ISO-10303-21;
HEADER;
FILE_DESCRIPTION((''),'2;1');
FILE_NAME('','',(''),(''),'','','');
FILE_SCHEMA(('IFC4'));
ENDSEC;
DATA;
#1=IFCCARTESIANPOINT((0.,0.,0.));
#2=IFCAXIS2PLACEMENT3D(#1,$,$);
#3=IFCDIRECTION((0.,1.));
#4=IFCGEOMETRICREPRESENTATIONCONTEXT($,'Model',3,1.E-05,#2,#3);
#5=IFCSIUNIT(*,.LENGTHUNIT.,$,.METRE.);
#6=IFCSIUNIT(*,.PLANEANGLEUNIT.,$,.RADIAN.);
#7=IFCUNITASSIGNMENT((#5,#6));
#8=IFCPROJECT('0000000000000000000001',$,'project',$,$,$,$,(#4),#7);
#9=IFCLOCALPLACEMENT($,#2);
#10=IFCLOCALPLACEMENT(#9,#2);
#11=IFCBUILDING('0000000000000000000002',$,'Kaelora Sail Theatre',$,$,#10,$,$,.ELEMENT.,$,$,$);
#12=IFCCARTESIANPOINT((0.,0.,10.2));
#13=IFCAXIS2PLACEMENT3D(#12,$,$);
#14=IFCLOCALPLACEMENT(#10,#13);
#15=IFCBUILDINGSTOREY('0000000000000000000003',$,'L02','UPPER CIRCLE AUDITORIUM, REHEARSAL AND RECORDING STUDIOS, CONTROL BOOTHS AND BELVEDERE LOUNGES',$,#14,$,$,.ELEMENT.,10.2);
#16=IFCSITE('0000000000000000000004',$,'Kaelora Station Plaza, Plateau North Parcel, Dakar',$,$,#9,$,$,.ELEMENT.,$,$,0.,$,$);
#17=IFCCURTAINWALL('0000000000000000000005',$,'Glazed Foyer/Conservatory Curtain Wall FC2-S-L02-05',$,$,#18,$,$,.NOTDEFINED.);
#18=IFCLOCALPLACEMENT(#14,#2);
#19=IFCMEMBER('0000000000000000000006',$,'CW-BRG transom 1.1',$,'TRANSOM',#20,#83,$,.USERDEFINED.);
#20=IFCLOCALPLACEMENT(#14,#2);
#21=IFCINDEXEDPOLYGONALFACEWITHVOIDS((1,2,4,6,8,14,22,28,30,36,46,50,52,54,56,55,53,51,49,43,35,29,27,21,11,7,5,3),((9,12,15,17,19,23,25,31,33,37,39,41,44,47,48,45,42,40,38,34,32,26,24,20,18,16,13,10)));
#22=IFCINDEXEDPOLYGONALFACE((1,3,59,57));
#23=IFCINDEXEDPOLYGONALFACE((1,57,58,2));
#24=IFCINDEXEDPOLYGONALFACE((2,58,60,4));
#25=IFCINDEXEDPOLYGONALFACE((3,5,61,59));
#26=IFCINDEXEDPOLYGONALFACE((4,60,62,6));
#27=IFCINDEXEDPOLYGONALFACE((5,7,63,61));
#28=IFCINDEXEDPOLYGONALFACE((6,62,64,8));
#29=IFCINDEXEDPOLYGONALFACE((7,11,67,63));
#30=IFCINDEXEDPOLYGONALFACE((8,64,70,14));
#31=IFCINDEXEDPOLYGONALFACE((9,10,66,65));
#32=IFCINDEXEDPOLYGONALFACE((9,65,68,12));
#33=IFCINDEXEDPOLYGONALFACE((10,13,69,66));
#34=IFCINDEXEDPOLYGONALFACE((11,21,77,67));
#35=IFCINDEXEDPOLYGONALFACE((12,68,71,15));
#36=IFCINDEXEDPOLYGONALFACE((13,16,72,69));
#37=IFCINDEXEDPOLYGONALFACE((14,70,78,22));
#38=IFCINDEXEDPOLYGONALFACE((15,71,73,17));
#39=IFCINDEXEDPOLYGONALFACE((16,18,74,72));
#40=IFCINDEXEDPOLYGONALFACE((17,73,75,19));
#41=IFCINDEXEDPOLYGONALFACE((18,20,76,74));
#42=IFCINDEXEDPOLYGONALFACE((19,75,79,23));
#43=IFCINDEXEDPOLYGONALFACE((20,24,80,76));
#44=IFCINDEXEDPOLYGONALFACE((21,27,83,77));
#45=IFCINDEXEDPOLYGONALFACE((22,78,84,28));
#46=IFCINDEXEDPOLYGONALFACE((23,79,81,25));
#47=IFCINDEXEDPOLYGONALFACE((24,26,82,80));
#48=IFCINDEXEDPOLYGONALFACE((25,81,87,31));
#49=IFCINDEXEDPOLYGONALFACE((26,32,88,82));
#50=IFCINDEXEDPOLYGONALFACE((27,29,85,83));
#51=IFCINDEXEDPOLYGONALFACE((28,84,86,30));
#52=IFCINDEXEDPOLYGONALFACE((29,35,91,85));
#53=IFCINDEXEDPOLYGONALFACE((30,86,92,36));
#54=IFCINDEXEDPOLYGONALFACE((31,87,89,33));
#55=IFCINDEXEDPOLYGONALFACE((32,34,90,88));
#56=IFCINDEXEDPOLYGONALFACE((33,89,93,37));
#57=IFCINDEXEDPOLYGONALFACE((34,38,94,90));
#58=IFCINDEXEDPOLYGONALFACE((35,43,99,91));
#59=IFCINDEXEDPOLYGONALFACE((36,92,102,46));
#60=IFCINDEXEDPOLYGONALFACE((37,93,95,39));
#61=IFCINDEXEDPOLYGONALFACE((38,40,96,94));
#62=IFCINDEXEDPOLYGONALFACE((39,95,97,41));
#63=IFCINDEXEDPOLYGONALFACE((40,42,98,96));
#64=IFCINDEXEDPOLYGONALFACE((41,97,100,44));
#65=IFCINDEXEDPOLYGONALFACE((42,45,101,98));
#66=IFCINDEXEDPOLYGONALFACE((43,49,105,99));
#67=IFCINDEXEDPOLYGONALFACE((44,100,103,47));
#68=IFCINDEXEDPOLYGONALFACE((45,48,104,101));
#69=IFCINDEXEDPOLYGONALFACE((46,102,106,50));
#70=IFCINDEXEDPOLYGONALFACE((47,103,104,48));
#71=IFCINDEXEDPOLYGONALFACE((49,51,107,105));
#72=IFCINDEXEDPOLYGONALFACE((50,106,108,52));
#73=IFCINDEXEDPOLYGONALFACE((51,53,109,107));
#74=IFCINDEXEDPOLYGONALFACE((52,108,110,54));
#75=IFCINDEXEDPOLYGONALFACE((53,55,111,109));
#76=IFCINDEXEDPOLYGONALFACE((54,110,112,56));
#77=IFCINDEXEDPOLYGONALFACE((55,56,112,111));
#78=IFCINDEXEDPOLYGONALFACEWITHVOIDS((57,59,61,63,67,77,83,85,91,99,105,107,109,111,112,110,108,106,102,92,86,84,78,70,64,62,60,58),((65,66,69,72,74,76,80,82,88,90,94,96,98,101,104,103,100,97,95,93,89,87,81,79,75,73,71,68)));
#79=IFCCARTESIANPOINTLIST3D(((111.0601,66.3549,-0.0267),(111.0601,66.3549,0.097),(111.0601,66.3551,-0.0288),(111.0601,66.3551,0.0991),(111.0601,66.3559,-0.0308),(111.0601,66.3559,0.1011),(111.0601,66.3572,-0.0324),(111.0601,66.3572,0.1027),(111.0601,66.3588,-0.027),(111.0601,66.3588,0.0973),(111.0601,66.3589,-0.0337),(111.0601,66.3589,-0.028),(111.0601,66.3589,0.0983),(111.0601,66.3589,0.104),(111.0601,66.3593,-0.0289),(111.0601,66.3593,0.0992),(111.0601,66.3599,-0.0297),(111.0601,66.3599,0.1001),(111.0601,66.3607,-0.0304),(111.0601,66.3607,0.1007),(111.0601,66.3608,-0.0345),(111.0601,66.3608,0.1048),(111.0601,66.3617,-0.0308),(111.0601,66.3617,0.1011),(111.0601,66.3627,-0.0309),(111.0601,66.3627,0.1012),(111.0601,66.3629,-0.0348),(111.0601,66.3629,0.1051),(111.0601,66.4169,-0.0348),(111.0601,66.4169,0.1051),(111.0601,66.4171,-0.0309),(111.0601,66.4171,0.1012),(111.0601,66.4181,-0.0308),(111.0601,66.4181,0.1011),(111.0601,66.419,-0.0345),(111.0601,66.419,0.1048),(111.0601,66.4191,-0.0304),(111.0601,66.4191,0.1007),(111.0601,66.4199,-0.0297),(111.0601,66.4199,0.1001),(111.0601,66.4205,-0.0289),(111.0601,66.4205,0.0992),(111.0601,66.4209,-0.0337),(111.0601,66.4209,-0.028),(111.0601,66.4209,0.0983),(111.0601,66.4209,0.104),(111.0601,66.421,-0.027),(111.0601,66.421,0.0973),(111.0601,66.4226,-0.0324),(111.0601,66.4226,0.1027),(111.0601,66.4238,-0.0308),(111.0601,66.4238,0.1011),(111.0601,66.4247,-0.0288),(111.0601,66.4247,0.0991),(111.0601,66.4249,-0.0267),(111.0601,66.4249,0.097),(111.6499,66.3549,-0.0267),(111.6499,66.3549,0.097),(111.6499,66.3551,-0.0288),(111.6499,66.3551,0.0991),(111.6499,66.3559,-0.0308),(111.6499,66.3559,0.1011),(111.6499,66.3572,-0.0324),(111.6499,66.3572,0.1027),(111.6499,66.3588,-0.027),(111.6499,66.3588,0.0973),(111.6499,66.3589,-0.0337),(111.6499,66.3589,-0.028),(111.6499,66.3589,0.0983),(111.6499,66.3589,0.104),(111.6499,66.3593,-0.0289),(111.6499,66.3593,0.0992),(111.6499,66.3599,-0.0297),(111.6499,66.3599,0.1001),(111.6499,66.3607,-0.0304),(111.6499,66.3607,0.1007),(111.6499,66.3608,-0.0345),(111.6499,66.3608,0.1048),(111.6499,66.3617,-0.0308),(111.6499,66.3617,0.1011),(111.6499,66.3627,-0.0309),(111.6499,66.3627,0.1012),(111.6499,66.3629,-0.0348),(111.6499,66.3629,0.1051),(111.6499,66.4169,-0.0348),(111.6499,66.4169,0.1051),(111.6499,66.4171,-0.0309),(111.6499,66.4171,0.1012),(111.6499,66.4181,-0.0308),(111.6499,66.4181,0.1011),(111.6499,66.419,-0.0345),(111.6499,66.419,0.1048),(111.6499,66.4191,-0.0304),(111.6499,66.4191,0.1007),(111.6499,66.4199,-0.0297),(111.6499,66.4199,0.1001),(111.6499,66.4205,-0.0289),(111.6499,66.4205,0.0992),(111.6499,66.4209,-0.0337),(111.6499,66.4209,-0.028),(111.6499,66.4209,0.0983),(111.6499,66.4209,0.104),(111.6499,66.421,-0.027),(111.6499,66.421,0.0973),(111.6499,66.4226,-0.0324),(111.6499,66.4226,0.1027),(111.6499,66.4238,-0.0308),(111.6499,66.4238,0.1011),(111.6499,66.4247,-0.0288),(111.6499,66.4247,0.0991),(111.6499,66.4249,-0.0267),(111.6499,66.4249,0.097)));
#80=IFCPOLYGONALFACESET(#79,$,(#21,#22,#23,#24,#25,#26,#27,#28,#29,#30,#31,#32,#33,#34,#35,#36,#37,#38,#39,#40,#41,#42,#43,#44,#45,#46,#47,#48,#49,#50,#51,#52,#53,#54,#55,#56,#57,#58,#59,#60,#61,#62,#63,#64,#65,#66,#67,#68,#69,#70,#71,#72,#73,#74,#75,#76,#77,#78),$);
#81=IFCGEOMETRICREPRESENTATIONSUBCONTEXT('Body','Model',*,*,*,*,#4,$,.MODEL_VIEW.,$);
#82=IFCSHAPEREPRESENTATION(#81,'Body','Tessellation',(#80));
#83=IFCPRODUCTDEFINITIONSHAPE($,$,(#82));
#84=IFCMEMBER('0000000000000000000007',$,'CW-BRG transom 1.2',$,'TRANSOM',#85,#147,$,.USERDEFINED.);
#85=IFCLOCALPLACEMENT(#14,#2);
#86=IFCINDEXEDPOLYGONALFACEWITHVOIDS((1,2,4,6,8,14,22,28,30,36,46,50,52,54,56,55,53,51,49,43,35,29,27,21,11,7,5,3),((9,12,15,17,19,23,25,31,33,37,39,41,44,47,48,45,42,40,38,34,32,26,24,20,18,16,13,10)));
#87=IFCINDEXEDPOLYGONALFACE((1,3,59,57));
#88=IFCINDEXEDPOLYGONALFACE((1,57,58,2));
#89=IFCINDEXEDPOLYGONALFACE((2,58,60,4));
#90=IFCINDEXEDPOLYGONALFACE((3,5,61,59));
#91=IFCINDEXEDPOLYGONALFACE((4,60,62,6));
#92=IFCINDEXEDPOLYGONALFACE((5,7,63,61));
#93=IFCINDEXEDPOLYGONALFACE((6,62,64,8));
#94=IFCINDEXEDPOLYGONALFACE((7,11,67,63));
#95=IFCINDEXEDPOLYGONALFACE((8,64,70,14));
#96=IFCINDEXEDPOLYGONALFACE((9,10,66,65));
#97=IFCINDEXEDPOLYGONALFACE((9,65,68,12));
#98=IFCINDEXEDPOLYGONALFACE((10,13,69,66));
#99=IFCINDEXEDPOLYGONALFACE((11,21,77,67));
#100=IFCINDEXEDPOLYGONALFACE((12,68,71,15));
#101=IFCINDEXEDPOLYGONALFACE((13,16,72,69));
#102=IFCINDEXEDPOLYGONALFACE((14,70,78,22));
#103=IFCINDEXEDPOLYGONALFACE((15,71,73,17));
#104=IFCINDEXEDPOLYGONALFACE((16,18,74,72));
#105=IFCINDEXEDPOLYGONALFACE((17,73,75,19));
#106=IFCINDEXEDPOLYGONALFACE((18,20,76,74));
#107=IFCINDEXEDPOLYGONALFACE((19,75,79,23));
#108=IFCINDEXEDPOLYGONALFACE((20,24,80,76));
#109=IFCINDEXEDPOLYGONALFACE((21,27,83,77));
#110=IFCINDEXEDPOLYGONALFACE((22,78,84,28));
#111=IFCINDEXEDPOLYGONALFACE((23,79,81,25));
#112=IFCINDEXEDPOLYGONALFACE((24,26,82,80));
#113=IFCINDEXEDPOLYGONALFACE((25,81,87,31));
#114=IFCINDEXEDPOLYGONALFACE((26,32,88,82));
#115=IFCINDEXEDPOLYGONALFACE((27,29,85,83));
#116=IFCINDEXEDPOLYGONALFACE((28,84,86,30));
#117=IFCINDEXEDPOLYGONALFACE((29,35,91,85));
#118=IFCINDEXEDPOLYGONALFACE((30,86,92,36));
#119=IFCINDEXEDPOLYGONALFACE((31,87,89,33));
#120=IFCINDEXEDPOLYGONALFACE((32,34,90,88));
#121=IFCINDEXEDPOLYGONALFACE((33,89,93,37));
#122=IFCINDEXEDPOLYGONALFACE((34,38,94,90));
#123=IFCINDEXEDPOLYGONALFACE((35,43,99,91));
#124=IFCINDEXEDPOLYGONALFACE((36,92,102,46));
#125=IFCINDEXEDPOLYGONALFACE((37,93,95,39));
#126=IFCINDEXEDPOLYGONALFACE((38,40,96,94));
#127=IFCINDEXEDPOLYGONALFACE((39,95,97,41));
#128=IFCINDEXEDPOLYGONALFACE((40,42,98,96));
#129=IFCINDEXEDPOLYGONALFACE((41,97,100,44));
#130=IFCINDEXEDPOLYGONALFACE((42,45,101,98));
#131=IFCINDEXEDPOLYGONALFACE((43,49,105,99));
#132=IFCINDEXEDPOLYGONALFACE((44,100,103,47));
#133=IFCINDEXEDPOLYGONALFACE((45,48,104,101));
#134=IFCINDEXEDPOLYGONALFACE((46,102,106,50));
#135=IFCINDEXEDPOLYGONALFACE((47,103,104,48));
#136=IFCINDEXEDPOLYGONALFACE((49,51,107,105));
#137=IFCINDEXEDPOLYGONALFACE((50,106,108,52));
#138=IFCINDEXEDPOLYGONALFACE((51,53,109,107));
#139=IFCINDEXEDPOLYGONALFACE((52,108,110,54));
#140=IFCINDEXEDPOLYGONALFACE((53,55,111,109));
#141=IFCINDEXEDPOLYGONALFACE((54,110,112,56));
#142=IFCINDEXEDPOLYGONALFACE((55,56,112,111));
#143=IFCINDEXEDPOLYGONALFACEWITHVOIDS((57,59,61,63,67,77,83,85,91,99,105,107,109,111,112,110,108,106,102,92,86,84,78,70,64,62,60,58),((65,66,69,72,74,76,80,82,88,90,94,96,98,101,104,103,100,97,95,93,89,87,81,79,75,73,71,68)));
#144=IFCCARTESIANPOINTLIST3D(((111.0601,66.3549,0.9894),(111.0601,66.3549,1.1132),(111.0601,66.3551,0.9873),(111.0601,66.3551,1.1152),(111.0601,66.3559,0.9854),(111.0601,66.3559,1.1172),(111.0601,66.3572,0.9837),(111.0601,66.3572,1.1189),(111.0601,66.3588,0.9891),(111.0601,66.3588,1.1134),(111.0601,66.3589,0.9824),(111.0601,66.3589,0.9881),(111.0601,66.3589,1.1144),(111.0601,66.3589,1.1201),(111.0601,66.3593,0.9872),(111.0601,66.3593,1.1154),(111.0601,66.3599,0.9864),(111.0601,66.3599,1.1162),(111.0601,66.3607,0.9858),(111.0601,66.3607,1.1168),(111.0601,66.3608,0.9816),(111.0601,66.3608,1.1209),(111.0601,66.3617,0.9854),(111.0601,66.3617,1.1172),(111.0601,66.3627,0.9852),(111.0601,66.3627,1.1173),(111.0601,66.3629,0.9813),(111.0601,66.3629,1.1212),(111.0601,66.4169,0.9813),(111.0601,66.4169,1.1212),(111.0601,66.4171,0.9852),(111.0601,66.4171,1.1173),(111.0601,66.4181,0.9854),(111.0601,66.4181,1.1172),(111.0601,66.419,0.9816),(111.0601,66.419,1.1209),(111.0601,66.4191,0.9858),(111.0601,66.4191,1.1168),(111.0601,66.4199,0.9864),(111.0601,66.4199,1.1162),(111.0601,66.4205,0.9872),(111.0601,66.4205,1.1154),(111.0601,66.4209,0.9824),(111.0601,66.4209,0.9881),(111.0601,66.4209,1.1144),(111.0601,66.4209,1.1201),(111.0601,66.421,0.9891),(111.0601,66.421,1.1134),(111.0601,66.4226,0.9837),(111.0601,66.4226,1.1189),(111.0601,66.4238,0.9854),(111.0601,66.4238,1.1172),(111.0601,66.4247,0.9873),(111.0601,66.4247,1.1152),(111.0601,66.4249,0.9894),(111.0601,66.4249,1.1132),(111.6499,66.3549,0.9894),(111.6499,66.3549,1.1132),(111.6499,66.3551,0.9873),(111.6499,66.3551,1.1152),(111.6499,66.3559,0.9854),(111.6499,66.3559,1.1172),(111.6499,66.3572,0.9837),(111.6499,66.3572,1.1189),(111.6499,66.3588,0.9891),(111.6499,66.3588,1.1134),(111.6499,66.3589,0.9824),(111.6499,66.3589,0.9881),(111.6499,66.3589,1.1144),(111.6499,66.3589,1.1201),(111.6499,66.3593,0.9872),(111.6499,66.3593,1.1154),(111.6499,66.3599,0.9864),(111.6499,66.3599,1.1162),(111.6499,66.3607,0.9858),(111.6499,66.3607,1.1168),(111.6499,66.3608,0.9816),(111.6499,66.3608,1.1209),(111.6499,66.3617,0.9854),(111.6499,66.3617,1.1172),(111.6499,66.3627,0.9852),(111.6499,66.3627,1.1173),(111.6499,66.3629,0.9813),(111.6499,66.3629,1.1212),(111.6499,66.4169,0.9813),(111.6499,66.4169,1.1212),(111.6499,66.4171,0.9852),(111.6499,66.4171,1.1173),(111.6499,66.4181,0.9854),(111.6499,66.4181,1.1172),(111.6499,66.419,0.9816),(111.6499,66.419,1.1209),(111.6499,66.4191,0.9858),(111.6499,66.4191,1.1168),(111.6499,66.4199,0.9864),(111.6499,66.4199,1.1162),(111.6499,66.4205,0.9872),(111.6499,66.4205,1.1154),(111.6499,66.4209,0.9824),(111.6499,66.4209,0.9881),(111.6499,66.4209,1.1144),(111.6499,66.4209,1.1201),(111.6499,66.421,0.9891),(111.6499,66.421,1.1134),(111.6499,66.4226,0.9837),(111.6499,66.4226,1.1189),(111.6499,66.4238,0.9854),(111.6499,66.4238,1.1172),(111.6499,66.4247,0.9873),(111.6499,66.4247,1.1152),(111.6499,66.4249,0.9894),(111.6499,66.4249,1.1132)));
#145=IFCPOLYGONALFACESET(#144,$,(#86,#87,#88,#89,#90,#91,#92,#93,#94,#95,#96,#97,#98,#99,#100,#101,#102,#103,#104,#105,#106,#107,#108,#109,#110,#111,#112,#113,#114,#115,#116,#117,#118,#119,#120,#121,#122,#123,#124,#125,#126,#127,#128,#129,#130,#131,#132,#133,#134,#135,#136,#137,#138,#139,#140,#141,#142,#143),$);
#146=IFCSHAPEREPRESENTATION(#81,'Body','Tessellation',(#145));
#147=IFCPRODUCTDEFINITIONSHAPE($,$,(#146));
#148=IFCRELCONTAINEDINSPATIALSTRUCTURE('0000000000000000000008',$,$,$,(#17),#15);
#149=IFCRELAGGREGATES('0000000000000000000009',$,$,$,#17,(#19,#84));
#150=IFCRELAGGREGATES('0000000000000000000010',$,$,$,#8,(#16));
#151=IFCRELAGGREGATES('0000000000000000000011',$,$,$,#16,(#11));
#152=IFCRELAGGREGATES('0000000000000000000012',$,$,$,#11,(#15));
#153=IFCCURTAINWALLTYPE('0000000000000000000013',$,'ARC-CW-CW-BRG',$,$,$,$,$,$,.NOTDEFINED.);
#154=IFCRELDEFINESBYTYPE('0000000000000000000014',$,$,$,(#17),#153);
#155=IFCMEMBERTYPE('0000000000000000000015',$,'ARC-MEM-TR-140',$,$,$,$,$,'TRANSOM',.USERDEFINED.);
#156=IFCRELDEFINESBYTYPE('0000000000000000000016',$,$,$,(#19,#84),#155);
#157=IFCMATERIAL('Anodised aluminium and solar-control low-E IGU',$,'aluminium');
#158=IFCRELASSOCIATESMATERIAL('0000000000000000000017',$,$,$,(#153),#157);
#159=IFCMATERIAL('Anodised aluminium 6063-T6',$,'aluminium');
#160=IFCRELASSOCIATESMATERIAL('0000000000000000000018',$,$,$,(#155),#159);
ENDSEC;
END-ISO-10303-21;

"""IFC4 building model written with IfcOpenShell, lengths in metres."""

from ifc_helpers import new_model, si_unit, direction, frame, origin, origin_2d, place, context, subcontext, project, spatial, hollow_rectangle, extrude, material, material_profile, profile_set, type_object, element, aggregate, save


model = new_model("IFC4")

# Units and contexts
model_context = context("Model", 3, precision=1e-05, world=origin(), true_north=direction((0.0, 1.0)))
body_context = subcontext(model_context, "Body", "Model", "MODEL_VIEW")
ifc_project = project(units=[si_unit("LENGTHUNIT", "METRE"), si_unit("PLANEANGLEUNIT", "RADIAN")], contexts=[model_context])

# Site, building, storey
site_placement = place(None, origin())
site = spatial("IfcSite", under=ifc_project, at=site_placement, Name="Kaelora Station Plaza, Plateau North Parcel, Dakar", CompositionType="ELEMENT", RefElevation=0.0)
building_placement = place(site_placement, origin())
building = spatial("IfcBuilding", under=site, at=building_placement, Name="Kaelora Sail Theatre", CompositionType="ELEMENT")
storey_placement = place(building_placement, frame((0.0, 0.0, 10.2)))
storey = spatial("IfcBuildingStorey", under=building, at=storey_placement, Name="L02", Description="UPPER CIRCLE AUDITORIUM, REHEARSAL AND RECORDING STUDIOS, CONTROL BOOTHS AND BELVEDERE LOUNGES", CompositionType="ELEMENT", Elevation=10.2)

# Shared definitions
ifc_material_1 = material(Name="Anodised aluminium and solar-control low-E IGU", Category="aluminium")
curtain_wall_type = type_object("IfcCurtainWallType", Name="ARC-CW-CW-BRG", PredefinedType="NOTDEFINED", material=ifc_material_1)

# Curtain wall
curtain_wall_1_placement = place(storey_placement, origin())
curtain_wall_1 = element("IfcCurtainWall", 1, at=curtain_wall_1_placement, inside=storey, type_object=curtain_wall_type, Name="Glazed Foyer/Conservatory Curtain Wall FC2-S-L02-05", PredefinedType="NOTDEFINED")

# Members
ifc_material_2 = material(Name="Anodised aluminium 6063-T6", Category="aluminium")
ifc_material_profile_1 = material_profile(ifc_material_2, hollow_rectangle(XDim=0.0701, YDim=0.1399, WallThickness=0.0039, InnerFilletRadius=0.0039, OuterFilletRadius=0.0081, at=origin_2d()), Name="ALU-TRAN 70x140x4")
ifc_profile_set_1 = profile_set([ifc_material_profile_1], Name="Anodised aluminium 6063-T6")
member_type_1 = type_object("IfcMemberType", Name="ARC-MEM-TR-140", ElementType="TRANSOM", PredefinedType="USERDEFINED", material=ifc_profile_set_1)
member_1_placement = place(storey_placement, frame((111.0601, 66.3899, 0.0352), z_axis=(1.0, 0.0, 0.0), x_axis=(0.0, 1.0, 0.0)))
member_1 = element("IfcMember", 2, at=member_1_placement, type_object=member_type_1, Name="CW-BRG transom 1.1", ObjectType="TRANSOM", PredefinedType="USERDEFINED", context=body_context, shape_type="SweptSolid", body=[
    extrude(hollow_rectangle(XDim=0.0701, YDim=0.1399, WallThickness=0.0039, InnerFilletRadius=0.0039, OuterFilletRadius=0.0081, at=origin_2d()), origin(), (0.0, 0.0, 1.0), 0.5898),
])
member_2_placement = place(storey_placement, frame((111.0601, 66.3899, 1.0513), z_axis=(1.0, 0.0, 0.0), x_axis=(0.0, 1.0, 0.0)))
member_2 = element("IfcMember", 3, at=member_2_placement, type_object=member_type_1, Name="CW-BRG transom 1.2", ObjectType="TRANSOM", PredefinedType="USERDEFINED", context=body_context, shape_type="SweptSolid", body=[
    extrude(hollow_rectangle(XDim=0.0701, YDim=0.1399, WallThickness=0.0039, InnerFilletRadius=0.0039, OuterFilletRadius=0.0081, at=origin_2d()), origin(), (0.0, 0.0, 1.0), 0.5898),
])

aggregate(curtain_wall_1, [member_1, member_2])

save(model, "model.ifc")
